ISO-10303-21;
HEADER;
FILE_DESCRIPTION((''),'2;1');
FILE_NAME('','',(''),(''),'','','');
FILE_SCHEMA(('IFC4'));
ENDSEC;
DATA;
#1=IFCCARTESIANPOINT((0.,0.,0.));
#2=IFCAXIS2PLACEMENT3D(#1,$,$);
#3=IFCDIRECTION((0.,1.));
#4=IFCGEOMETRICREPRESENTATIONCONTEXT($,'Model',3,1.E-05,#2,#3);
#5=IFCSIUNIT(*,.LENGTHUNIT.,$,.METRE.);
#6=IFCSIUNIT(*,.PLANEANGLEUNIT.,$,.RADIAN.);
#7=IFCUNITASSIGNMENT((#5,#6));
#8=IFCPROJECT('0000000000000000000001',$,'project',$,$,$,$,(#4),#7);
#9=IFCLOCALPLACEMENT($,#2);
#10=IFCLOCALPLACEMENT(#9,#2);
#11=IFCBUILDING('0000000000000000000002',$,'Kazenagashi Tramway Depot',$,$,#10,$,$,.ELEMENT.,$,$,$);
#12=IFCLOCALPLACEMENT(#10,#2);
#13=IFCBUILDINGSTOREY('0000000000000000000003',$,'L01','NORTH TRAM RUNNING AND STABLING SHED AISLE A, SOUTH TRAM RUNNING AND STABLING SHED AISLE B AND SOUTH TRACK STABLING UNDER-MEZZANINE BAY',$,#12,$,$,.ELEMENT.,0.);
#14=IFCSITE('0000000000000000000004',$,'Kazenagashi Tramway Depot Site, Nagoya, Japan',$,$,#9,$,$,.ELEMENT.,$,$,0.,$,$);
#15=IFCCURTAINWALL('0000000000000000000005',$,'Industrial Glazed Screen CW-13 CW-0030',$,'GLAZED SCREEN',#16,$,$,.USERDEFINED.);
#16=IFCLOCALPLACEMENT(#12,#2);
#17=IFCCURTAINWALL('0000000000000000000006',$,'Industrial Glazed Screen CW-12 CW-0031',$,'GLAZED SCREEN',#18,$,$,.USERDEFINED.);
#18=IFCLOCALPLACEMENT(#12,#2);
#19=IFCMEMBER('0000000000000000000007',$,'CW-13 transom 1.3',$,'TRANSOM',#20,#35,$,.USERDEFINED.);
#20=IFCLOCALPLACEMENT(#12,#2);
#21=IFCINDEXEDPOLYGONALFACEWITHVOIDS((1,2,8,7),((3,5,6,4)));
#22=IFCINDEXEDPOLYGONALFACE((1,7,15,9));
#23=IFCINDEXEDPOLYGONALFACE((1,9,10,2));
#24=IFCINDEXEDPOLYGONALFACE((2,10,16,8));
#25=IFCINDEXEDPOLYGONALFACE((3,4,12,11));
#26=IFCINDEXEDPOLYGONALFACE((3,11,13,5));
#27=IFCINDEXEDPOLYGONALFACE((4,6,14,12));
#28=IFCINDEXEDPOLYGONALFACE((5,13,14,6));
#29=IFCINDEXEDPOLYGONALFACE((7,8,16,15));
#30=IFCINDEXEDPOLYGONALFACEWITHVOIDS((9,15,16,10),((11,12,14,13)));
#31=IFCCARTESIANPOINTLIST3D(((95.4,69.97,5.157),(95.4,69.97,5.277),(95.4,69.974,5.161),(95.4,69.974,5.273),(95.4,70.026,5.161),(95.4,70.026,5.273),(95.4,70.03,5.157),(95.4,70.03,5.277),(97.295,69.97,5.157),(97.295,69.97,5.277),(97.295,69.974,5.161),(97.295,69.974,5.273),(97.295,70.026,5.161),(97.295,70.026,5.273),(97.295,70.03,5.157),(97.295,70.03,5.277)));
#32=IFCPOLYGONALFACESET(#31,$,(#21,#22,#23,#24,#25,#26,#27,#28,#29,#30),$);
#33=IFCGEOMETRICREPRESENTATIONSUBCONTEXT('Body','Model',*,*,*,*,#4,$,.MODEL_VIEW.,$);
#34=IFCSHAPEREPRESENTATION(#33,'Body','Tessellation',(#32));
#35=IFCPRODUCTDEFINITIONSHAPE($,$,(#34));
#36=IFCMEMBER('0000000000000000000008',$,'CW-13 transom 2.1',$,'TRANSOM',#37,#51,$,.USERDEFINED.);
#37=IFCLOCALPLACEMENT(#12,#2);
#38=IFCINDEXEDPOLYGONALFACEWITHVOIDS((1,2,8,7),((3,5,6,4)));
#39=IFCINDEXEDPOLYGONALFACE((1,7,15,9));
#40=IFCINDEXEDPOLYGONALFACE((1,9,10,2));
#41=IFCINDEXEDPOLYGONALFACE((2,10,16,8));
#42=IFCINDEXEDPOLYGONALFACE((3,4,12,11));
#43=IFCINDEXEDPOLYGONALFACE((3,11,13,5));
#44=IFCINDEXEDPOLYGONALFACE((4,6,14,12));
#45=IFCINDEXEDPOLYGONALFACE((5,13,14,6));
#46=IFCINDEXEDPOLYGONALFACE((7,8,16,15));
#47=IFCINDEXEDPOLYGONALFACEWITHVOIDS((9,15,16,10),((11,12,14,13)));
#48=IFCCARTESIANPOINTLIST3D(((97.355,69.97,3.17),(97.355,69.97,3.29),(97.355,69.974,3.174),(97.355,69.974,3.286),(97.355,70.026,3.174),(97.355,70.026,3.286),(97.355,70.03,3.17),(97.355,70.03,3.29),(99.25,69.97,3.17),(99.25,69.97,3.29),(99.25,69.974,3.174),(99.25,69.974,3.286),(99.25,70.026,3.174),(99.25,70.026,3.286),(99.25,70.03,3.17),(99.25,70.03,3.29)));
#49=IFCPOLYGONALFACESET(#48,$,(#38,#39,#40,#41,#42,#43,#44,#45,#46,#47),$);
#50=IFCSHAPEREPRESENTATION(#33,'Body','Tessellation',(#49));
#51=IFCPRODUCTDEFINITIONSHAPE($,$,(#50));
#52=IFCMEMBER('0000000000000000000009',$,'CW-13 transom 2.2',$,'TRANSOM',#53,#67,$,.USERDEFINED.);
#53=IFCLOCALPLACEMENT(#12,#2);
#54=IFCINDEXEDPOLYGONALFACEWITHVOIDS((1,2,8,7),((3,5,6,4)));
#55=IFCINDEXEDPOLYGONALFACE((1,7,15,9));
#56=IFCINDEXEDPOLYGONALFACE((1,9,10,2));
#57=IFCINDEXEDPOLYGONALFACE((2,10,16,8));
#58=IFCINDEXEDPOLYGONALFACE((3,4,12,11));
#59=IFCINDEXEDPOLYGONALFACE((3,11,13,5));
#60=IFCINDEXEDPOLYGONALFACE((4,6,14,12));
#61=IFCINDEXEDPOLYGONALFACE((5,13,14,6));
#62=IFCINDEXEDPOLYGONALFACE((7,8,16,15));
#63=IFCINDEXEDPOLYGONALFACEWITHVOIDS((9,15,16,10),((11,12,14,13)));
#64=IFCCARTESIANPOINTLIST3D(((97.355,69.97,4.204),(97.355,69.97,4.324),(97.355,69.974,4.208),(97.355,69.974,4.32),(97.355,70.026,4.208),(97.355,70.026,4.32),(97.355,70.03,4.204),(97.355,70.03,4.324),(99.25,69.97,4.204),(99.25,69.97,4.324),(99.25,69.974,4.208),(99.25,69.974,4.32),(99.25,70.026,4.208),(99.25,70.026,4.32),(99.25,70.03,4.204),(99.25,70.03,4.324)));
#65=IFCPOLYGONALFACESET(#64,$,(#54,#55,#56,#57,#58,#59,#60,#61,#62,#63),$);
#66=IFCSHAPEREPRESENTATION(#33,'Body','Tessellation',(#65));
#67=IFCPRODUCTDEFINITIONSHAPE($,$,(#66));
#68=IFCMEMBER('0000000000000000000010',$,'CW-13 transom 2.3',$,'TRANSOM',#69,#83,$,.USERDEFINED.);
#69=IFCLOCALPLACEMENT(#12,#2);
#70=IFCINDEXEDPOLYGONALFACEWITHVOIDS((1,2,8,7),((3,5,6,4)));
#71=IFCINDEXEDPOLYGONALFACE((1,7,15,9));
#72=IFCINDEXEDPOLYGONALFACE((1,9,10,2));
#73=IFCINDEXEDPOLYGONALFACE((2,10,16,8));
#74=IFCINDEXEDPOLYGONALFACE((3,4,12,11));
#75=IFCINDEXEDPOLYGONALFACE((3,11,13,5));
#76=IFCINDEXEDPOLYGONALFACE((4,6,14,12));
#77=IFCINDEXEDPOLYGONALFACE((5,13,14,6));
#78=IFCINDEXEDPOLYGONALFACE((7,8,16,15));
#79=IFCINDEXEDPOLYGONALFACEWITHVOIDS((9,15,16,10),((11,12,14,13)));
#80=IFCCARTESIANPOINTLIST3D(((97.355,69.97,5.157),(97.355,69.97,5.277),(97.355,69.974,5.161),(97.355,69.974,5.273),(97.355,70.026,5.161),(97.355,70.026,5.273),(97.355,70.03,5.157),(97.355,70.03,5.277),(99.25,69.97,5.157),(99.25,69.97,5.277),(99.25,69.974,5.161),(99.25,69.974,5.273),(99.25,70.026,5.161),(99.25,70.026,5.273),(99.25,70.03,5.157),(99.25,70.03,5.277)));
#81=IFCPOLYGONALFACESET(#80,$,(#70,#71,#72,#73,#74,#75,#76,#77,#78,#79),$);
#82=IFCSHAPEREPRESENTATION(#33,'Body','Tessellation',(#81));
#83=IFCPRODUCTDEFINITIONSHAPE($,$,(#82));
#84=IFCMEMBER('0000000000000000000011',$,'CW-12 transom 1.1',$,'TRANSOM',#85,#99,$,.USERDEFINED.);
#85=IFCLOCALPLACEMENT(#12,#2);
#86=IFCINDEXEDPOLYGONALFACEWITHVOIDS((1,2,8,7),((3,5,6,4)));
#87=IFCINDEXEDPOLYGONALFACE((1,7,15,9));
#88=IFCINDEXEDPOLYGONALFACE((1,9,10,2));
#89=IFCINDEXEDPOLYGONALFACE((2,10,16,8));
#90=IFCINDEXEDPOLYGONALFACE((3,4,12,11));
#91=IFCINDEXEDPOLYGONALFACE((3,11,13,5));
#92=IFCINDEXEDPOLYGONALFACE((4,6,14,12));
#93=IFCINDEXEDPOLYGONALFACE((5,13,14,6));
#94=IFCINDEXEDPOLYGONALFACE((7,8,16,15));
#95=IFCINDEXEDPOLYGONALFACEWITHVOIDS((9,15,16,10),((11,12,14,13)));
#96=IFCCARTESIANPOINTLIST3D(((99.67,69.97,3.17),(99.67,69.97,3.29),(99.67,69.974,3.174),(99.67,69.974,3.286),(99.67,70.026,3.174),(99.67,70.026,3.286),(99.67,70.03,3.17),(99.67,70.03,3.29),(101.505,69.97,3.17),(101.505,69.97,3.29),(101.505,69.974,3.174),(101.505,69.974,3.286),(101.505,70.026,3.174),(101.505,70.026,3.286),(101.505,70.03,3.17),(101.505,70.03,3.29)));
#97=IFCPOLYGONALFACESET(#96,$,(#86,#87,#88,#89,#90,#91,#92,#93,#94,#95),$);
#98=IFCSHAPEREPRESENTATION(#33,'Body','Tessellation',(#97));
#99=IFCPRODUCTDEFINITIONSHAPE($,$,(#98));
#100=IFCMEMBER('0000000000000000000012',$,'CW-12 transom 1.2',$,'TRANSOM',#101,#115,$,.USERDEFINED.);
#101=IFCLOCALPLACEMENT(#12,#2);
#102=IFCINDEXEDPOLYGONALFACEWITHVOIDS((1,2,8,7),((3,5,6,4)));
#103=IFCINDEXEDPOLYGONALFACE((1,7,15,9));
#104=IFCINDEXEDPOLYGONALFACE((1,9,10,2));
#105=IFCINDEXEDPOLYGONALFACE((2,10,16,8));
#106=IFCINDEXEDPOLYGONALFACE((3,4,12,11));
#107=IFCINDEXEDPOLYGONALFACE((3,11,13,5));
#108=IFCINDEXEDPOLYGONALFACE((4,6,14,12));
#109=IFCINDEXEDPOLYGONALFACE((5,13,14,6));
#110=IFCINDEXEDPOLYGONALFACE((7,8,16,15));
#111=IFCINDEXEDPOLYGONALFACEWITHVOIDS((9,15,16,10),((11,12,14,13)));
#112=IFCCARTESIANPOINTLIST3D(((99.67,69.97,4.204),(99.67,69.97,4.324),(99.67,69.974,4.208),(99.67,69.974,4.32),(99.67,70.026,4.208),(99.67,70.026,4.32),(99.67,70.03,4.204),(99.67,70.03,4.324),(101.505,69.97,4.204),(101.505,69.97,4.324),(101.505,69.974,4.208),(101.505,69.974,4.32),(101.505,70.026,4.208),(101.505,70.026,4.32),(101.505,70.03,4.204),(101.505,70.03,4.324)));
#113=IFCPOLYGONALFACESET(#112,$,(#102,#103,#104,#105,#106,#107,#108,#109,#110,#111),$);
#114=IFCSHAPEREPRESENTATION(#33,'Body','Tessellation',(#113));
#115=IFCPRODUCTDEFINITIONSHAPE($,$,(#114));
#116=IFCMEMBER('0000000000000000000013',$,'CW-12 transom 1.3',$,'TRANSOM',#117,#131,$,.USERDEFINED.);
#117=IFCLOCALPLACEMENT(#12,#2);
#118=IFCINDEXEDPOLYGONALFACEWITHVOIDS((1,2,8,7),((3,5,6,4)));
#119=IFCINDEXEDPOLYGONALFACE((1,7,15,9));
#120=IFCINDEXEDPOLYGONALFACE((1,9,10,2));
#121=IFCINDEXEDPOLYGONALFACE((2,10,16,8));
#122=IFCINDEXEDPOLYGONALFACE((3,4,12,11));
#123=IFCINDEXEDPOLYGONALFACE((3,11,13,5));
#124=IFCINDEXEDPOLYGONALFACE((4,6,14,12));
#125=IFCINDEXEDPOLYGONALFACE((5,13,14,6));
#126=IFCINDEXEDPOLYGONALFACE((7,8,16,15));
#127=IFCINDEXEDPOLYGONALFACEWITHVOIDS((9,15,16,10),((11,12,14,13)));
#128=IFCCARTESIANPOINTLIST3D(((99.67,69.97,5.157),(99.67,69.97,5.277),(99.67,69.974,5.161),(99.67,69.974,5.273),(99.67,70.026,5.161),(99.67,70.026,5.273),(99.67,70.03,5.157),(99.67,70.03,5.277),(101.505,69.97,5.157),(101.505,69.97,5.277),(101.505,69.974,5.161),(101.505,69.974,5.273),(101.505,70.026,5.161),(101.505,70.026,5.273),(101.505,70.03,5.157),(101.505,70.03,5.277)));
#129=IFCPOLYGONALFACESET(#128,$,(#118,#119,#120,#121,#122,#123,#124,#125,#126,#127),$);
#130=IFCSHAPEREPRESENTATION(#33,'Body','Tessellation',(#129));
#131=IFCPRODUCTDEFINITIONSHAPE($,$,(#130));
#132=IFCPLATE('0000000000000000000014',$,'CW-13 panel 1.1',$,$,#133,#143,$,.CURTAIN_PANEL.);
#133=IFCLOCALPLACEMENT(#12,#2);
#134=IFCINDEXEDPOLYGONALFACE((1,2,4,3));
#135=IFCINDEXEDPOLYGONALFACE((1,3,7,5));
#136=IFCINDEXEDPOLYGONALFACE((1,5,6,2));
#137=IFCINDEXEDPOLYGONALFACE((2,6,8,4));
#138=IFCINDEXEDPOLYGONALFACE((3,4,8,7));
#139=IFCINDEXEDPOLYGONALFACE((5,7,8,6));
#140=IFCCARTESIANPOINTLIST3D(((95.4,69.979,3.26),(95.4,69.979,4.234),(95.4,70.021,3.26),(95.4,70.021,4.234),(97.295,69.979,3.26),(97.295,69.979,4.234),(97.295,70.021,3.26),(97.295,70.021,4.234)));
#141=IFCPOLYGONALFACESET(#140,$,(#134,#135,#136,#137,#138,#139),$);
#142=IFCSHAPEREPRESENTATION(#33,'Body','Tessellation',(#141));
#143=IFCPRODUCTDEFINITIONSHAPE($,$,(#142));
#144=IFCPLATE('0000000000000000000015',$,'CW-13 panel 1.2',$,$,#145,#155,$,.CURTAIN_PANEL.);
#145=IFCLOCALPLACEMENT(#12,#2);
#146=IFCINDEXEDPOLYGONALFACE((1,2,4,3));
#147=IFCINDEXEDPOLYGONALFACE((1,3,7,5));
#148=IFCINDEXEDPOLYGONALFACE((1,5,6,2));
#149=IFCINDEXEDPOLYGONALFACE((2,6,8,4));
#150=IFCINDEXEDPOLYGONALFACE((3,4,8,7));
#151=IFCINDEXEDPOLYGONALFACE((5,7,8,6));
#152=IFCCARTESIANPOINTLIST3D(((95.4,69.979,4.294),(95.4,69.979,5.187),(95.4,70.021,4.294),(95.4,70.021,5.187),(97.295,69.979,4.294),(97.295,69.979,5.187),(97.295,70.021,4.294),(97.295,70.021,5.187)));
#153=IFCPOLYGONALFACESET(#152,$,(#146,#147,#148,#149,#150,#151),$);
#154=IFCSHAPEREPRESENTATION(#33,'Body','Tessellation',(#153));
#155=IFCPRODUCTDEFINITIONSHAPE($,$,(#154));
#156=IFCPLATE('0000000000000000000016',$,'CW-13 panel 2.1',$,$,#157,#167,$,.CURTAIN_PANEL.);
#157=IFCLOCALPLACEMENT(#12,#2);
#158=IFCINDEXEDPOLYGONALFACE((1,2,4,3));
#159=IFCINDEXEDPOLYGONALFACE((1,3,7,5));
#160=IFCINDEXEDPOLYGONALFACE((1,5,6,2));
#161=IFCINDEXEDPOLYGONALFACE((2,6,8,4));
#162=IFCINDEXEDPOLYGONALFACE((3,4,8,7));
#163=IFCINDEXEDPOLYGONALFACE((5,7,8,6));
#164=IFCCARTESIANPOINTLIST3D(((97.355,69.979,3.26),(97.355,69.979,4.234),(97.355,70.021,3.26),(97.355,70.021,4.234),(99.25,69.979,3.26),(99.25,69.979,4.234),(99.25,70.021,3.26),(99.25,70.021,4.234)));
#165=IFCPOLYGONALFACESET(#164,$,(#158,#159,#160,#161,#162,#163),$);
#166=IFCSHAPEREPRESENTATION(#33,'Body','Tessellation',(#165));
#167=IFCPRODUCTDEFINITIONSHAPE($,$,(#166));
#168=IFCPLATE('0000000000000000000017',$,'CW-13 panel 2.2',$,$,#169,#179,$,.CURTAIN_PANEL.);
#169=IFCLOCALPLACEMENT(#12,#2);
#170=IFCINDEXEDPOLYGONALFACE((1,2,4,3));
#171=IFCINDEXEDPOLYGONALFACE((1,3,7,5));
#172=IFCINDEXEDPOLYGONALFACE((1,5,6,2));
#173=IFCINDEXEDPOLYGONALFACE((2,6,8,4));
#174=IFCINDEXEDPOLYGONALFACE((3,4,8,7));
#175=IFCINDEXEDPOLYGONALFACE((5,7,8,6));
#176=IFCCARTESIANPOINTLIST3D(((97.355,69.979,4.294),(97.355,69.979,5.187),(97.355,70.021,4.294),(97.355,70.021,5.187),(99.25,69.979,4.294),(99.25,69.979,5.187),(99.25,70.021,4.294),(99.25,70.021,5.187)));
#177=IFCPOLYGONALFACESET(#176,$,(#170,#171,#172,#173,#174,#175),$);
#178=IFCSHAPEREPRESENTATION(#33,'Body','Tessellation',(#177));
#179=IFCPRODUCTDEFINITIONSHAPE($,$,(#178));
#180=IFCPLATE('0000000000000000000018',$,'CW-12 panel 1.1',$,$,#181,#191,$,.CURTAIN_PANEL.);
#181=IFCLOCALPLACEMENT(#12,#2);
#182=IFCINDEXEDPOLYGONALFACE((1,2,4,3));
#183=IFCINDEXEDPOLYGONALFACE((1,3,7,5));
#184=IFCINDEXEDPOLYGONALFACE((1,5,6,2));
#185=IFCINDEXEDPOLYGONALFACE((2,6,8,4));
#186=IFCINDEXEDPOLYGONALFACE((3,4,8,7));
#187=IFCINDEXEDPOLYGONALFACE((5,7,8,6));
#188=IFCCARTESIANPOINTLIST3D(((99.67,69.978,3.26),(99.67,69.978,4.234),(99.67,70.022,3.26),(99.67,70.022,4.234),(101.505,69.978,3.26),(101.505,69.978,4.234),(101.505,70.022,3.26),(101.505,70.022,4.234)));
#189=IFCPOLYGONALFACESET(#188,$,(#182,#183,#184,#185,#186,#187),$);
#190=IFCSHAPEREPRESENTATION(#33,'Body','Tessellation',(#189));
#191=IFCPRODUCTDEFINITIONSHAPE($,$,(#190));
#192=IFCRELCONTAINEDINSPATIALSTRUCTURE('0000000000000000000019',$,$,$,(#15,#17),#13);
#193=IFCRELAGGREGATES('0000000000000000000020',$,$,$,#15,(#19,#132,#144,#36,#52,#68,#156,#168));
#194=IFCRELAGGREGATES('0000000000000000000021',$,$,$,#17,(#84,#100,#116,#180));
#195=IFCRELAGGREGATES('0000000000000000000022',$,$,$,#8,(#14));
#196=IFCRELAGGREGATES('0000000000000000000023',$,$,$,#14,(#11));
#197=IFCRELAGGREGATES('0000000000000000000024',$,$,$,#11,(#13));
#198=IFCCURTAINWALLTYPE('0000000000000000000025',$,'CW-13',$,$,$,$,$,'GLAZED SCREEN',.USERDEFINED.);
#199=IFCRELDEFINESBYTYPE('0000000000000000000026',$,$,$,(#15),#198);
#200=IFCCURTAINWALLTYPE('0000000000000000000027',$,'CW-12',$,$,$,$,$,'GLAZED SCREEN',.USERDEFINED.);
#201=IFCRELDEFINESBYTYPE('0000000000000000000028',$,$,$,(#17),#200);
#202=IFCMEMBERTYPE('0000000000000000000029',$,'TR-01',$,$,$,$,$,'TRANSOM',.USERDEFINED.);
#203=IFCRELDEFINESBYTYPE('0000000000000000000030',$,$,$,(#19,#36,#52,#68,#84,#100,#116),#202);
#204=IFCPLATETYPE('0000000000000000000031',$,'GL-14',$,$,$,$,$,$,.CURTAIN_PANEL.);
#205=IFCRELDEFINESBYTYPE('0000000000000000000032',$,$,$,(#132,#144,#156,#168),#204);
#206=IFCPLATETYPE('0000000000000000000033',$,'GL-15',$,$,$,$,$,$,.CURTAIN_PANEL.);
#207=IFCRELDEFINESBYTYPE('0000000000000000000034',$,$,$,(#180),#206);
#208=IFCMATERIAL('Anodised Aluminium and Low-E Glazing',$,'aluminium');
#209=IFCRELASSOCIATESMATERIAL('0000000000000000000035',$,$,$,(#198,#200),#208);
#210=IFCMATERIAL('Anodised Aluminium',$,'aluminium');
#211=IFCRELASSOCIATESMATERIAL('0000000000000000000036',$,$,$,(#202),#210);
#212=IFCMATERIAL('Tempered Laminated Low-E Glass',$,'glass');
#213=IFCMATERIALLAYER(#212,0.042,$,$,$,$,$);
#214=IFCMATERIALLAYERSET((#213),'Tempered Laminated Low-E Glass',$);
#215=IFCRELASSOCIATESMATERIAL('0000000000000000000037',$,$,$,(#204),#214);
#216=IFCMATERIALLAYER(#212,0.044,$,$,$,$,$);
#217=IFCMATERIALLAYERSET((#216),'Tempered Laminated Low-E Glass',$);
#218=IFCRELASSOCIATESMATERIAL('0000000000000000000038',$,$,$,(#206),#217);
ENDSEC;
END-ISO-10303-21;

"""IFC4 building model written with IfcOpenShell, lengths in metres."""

from ifc_helpers import new_model, si_unit, direction, frame, origin, origin_2d, place, context, subcontext, project, spatial, rectangle, hollow_rectangle, extrude, material, layer, layer_set, material_profile, profile_set, type_object, element, aggregate, save


model = new_model("IFC4")

# Units and contexts
model_context = context("Model", 3, precision=1e-05, world=origin(), true_north=direction((0.0, 1.0)))
body_context = subcontext(model_context, "Body", "Model", "MODEL_VIEW")
ifc_project = project(units=[si_unit("LENGTHUNIT", "METRE"), si_unit("PLANEANGLEUNIT", "RADIAN")], contexts=[model_context])

# Site, building, storey
site_placement = place(None, origin())
site = spatial("IfcSite", under=ifc_project, at=site_placement, Name="Kazenagashi Tramway Depot Site, Nagoya, Japan", CompositionType="ELEMENT", RefElevation=0.0)
building_placement = place(site_placement, origin())
building = spatial("IfcBuilding", under=site, at=building_placement, Name="Kazenagashi Tramway Depot", CompositionType="ELEMENT")
storey_placement = place(building_placement, origin())
storey = spatial("IfcBuildingStorey", under=building, at=storey_placement, Name="L01", Description="NORTH TRAM RUNNING AND STABLING SHED AISLE A, SOUTH TRAM RUNNING AND STABLING SHED AISLE B AND SOUTH TRACK STABLING UNDER-MEZZANINE BAY", CompositionType="ELEMENT", Elevation=0.0)

# Curtain wall
ifc_material_1 = material(Name="Anodised Aluminium and Low-E Glazing", Category="aluminium")
curtain_wall_type_1 = type_object("IfcCurtainWallType", Name="CW-13", ElementType="GLAZED SCREEN", PredefinedType="USERDEFINED", material=ifc_material_1)
curtain_wall_1_placement = place(storey_placement, origin())
curtain_wall_1 = element("IfcCurtainWall", 1, at=curtain_wall_1_placement, inside=storey, type_object=curtain_wall_type_1, Name="Industrial Glazed Screen CW-13 CW-0030", ObjectType="GLAZED SCREEN", PredefinedType="USERDEFINED")
ifc_material_2 = material(Name="Anodised Aluminium", Category="aluminium")

# Curtain wall
curtain_wall_type_2 = type_object("IfcCurtainWallType", Name="CW-12", ElementType="GLAZED SCREEN", PredefinedType="USERDEFINED", material=ifc_material_1)
curtain_wall_2_placement = place(storey_placement, origin())
curtain_wall_2 = element("IfcCurtainWall", 2, at=curtain_wall_2_placement, inside=storey, type_object=curtain_wall_type_2, Name="Industrial Glazed Screen CW-12 CW-0031", ObjectType="GLAZED SCREEN", PredefinedType="USERDEFINED")

# Members
ifc_material_profile_1 = material_profile(ifc_material_2, hollow_rectangle(XDim=0.06, YDim=0.12, WallThickness=0.004, at=origin_2d()), Name="RHS-120x60x4")
ifc_profile_set_1 = profile_set([ifc_material_profile_1], Name="Anodised Aluminium")
member_type_1 = type_object("IfcMemberType", Name="TR-01", ElementType="TRANSOM", PredefinedType="USERDEFINED", material=ifc_profile_set_1)
member_1_placement = place(storey_placement, frame((95.4, 70.0, 5.217), z_axis=(1.0, 0.0, 0.0), x_axis=(0.0, 1.0, 0.0)))
member_1 = element("IfcMember", 3, at=member_1_placement, type_object=member_type_1, Name="CW-13 transom 1.3", ObjectType="TRANSOM", PredefinedType="USERDEFINED", context=body_context, shape_type="SweptSolid", body=[
    extrude(hollow_rectangle(XDim=0.06, YDim=0.12, WallThickness=0.004, at=origin_2d()), origin(), (0.0, 0.0, 1.0), 1.895),
])
member_2_placement = place(storey_placement, frame((97.355, 70.0, 3.23), z_axis=(1.0, 0.0, 0.0), x_axis=(0.0, 1.0, 0.0)))
member_2 = element("IfcMember", 4, at=member_2_placement, type_object=member_type_1, Name="CW-13 transom 2.1", ObjectType="TRANSOM", PredefinedType="USERDEFINED", context=body_context, shape_type="SweptSolid", body=[
    extrude(hollow_rectangle(XDim=0.06, YDim=0.12, WallThickness=0.004, at=origin_2d()), origin(), (0.0, 0.0, 1.0), 1.895),
])
member_3_placement = place(storey_placement, frame((97.355, 70.0, 4.264), z_axis=(1.0, 0.0, 0.0), x_axis=(0.0, 1.0, 0.0)))
member_3 = element("IfcMember", 5, at=member_3_placement, type_object=member_type_1, Name="CW-13 transom 2.2", ObjectType="TRANSOM", PredefinedType="USERDEFINED", context=body_context, shape_type="SweptSolid", body=[
    extrude(hollow_rectangle(XDim=0.06, YDim=0.12, WallThickness=0.004, at=origin_2d()), origin(), (0.0, 0.0, 1.0), 1.895),
])
member_4_placement = place(storey_placement, frame((97.355, 70.0, 5.217), z_axis=(1.0, 0.0, 0.0), x_axis=(0.0, 1.0, 0.0)))
member_4 = element("IfcMember", 6, at=member_4_placement, type_object=member_type_1, Name="CW-13 transom 2.3", ObjectType="TRANSOM", PredefinedType="USERDEFINED", context=body_context, shape_type="SweptSolid", body=[
    extrude(hollow_rectangle(XDim=0.06, YDim=0.12, WallThickness=0.004, at=origin_2d()), origin(), (0.0, 0.0, 1.0), 1.895),
])
member_5_placement = place(storey_placement, frame((99.67, 70.0, 3.23), z_axis=(1.0, 0.0, 0.0), x_axis=(0.0, 1.0, 0.0)))
member_5 = element("IfcMember", 7, at=member_5_placement, type_object=member_type_1, Name="CW-12 transom 1.1", ObjectType="TRANSOM", PredefinedType="USERDEFINED", context=body_context, shape_type="SweptSolid", body=[
    extrude(hollow_rectangle(XDim=0.06, YDim=0.12, WallThickness=0.004, at=origin_2d()), origin(), (0.0, 0.0, 1.0), 1.835),
])
member_6_placement = place(storey_placement, frame((99.67, 70.0, 4.264), z_axis=(1.0, 0.0, 0.0), x_axis=(0.0, 1.0, 0.0)))
member_6 = element("IfcMember", 8, at=member_6_placement, type_object=member_type_1, Name="CW-12 transom 1.2", ObjectType="TRANSOM", PredefinedType="USERDEFINED", context=body_context, shape_type="SweptSolid", body=[
    extrude(hollow_rectangle(XDim=0.06, YDim=0.12, WallThickness=0.004, at=origin_2d()), origin(), (0.0, 0.0, 1.0), 1.835),
])
member_7_placement = place(storey_placement, frame((99.67, 70.0, 5.217), z_axis=(1.0, 0.0, 0.0), x_axis=(0.0, 1.0, 0.0)))
member_7 = element("IfcMember", 9, at=member_7_placement, type_object=member_type_1, Name="CW-12 transom 1.3", ObjectType="TRANSOM", PredefinedType="USERDEFINED", context=body_context, shape_type="SweptSolid", body=[
    extrude(hollow_rectangle(XDim=0.06, YDim=0.12, WallThickness=0.004, at=origin_2d()), origin(), (0.0, 0.0, 1.0), 1.835),
])

# Plates
ifc_material_3 = material(Name="Tempered Laminated Low-E Glass", Category="glass")
ifc_layer_1 = layer(ifc_material_3, 0.042)
ifc_layer_set_1 = layer_set([ifc_layer_1], Name="Tempered Laminated Low-E Glass")
plate_type_1 = type_object("IfcPlateType", Name="GL-14", PredefinedType="CURTAIN_PANEL", material=ifc_layer_set_1)
plate_1_placement = place(storey_placement, frame((96.3475, 70.0, 3.26), z_axis=(0.0, 0.0, 1.0), x_axis=(1.0, 0.0, 0.0)))
plate_1 = element("IfcPlate", 10, at=plate_1_placement, type_object=plate_type_1, Name="CW-13 panel 1.1", PredefinedType="CURTAIN_PANEL", context=body_context, shape_type="SweptSolid", body=[
    extrude(rectangle(XDim=1.895, YDim=0.042, at=origin_2d()), origin(), (0.0, 0.0, 1.0), 0.974),
])
plate_2_placement = place(storey_placement, frame((96.3475, 70.0, 4.294), z_axis=(0.0, 0.0, 1.0), x_axis=(1.0, 0.0, 0.0)))
plate_2 = element("IfcPlate", 11, at=plate_2_placement, type_object=plate_type_1, Name="CW-13 panel 1.2", PredefinedType="CURTAIN_PANEL", context=body_context, shape_type="SweptSolid", body=[
    extrude(rectangle(XDim=1.895, YDim=0.042, at=origin_2d()), origin(), (0.0, 0.0, 1.0), 0.893),
])
plate_3_placement = place(storey_placement, frame((98.3025, 70.0, 3.26), z_axis=(0.0, 0.0, 1.0), x_axis=(1.0, 0.0, 0.0)))
plate_3 = element("IfcPlate", 12, at=plate_3_placement, type_object=plate_type_1, Name="CW-13 panel 2.1", PredefinedType="CURTAIN_PANEL", context=body_context, shape_type="SweptSolid", body=[
    extrude(rectangle(XDim=1.895, YDim=0.042, at=origin_2d()), origin(), (0.0, 0.0, 1.0), 0.974),
])
plate_4_placement = place(storey_placement, frame((98.3025, 70.0, 4.294), z_axis=(0.0, 0.0, 1.0), x_axis=(1.0, 0.0, 0.0)))
plate_4 = element("IfcPlate", 13, at=plate_4_placement, type_object=plate_type_1, Name="CW-13 panel 2.2", PredefinedType="CURTAIN_PANEL", context=body_context, shape_type="SweptSolid", body=[
    extrude(rectangle(XDim=1.895, YDim=0.042, at=origin_2d()), origin(), (0.0, 0.0, 1.0), 0.893),
])
aggregate(curtain_wall_1, [member_1, plate_1, plate_2, member_2, member_3, member_4, plate_3, plate_4])
ifc_layer_2 = layer(ifc_material_3, 0.044)
ifc_layer_set_2 = layer_set([ifc_layer_2], Name="Tempered Laminated Low-E Glass")
plate_type_2 = type_object("IfcPlateType", Name="GL-15", PredefinedType="CURTAIN_PANEL", material=ifc_layer_set_2)
plate_5_placement = place(storey_placement, frame((100.5875, 70.0, 3.26), z_axis=(0.0, 0.0, 1.0), x_axis=(1.0, 0.0, 0.0)))
plate_5 = element("IfcPlate", 14, at=plate_5_placement, type_object=plate_type_2, Name="CW-12 panel 1.1", PredefinedType="CURTAIN_PANEL", context=body_context, shape_type="SweptSolid", body=[
    extrude(rectangle(XDim=1.835, YDim=0.044, at=origin_2d()), origin(), (0.0, 0.0, 1.0), 0.974),
])
aggregate(curtain_wall_2, [member_5, member_6, member_7, plate_5])

save(model, "model.ifc")
